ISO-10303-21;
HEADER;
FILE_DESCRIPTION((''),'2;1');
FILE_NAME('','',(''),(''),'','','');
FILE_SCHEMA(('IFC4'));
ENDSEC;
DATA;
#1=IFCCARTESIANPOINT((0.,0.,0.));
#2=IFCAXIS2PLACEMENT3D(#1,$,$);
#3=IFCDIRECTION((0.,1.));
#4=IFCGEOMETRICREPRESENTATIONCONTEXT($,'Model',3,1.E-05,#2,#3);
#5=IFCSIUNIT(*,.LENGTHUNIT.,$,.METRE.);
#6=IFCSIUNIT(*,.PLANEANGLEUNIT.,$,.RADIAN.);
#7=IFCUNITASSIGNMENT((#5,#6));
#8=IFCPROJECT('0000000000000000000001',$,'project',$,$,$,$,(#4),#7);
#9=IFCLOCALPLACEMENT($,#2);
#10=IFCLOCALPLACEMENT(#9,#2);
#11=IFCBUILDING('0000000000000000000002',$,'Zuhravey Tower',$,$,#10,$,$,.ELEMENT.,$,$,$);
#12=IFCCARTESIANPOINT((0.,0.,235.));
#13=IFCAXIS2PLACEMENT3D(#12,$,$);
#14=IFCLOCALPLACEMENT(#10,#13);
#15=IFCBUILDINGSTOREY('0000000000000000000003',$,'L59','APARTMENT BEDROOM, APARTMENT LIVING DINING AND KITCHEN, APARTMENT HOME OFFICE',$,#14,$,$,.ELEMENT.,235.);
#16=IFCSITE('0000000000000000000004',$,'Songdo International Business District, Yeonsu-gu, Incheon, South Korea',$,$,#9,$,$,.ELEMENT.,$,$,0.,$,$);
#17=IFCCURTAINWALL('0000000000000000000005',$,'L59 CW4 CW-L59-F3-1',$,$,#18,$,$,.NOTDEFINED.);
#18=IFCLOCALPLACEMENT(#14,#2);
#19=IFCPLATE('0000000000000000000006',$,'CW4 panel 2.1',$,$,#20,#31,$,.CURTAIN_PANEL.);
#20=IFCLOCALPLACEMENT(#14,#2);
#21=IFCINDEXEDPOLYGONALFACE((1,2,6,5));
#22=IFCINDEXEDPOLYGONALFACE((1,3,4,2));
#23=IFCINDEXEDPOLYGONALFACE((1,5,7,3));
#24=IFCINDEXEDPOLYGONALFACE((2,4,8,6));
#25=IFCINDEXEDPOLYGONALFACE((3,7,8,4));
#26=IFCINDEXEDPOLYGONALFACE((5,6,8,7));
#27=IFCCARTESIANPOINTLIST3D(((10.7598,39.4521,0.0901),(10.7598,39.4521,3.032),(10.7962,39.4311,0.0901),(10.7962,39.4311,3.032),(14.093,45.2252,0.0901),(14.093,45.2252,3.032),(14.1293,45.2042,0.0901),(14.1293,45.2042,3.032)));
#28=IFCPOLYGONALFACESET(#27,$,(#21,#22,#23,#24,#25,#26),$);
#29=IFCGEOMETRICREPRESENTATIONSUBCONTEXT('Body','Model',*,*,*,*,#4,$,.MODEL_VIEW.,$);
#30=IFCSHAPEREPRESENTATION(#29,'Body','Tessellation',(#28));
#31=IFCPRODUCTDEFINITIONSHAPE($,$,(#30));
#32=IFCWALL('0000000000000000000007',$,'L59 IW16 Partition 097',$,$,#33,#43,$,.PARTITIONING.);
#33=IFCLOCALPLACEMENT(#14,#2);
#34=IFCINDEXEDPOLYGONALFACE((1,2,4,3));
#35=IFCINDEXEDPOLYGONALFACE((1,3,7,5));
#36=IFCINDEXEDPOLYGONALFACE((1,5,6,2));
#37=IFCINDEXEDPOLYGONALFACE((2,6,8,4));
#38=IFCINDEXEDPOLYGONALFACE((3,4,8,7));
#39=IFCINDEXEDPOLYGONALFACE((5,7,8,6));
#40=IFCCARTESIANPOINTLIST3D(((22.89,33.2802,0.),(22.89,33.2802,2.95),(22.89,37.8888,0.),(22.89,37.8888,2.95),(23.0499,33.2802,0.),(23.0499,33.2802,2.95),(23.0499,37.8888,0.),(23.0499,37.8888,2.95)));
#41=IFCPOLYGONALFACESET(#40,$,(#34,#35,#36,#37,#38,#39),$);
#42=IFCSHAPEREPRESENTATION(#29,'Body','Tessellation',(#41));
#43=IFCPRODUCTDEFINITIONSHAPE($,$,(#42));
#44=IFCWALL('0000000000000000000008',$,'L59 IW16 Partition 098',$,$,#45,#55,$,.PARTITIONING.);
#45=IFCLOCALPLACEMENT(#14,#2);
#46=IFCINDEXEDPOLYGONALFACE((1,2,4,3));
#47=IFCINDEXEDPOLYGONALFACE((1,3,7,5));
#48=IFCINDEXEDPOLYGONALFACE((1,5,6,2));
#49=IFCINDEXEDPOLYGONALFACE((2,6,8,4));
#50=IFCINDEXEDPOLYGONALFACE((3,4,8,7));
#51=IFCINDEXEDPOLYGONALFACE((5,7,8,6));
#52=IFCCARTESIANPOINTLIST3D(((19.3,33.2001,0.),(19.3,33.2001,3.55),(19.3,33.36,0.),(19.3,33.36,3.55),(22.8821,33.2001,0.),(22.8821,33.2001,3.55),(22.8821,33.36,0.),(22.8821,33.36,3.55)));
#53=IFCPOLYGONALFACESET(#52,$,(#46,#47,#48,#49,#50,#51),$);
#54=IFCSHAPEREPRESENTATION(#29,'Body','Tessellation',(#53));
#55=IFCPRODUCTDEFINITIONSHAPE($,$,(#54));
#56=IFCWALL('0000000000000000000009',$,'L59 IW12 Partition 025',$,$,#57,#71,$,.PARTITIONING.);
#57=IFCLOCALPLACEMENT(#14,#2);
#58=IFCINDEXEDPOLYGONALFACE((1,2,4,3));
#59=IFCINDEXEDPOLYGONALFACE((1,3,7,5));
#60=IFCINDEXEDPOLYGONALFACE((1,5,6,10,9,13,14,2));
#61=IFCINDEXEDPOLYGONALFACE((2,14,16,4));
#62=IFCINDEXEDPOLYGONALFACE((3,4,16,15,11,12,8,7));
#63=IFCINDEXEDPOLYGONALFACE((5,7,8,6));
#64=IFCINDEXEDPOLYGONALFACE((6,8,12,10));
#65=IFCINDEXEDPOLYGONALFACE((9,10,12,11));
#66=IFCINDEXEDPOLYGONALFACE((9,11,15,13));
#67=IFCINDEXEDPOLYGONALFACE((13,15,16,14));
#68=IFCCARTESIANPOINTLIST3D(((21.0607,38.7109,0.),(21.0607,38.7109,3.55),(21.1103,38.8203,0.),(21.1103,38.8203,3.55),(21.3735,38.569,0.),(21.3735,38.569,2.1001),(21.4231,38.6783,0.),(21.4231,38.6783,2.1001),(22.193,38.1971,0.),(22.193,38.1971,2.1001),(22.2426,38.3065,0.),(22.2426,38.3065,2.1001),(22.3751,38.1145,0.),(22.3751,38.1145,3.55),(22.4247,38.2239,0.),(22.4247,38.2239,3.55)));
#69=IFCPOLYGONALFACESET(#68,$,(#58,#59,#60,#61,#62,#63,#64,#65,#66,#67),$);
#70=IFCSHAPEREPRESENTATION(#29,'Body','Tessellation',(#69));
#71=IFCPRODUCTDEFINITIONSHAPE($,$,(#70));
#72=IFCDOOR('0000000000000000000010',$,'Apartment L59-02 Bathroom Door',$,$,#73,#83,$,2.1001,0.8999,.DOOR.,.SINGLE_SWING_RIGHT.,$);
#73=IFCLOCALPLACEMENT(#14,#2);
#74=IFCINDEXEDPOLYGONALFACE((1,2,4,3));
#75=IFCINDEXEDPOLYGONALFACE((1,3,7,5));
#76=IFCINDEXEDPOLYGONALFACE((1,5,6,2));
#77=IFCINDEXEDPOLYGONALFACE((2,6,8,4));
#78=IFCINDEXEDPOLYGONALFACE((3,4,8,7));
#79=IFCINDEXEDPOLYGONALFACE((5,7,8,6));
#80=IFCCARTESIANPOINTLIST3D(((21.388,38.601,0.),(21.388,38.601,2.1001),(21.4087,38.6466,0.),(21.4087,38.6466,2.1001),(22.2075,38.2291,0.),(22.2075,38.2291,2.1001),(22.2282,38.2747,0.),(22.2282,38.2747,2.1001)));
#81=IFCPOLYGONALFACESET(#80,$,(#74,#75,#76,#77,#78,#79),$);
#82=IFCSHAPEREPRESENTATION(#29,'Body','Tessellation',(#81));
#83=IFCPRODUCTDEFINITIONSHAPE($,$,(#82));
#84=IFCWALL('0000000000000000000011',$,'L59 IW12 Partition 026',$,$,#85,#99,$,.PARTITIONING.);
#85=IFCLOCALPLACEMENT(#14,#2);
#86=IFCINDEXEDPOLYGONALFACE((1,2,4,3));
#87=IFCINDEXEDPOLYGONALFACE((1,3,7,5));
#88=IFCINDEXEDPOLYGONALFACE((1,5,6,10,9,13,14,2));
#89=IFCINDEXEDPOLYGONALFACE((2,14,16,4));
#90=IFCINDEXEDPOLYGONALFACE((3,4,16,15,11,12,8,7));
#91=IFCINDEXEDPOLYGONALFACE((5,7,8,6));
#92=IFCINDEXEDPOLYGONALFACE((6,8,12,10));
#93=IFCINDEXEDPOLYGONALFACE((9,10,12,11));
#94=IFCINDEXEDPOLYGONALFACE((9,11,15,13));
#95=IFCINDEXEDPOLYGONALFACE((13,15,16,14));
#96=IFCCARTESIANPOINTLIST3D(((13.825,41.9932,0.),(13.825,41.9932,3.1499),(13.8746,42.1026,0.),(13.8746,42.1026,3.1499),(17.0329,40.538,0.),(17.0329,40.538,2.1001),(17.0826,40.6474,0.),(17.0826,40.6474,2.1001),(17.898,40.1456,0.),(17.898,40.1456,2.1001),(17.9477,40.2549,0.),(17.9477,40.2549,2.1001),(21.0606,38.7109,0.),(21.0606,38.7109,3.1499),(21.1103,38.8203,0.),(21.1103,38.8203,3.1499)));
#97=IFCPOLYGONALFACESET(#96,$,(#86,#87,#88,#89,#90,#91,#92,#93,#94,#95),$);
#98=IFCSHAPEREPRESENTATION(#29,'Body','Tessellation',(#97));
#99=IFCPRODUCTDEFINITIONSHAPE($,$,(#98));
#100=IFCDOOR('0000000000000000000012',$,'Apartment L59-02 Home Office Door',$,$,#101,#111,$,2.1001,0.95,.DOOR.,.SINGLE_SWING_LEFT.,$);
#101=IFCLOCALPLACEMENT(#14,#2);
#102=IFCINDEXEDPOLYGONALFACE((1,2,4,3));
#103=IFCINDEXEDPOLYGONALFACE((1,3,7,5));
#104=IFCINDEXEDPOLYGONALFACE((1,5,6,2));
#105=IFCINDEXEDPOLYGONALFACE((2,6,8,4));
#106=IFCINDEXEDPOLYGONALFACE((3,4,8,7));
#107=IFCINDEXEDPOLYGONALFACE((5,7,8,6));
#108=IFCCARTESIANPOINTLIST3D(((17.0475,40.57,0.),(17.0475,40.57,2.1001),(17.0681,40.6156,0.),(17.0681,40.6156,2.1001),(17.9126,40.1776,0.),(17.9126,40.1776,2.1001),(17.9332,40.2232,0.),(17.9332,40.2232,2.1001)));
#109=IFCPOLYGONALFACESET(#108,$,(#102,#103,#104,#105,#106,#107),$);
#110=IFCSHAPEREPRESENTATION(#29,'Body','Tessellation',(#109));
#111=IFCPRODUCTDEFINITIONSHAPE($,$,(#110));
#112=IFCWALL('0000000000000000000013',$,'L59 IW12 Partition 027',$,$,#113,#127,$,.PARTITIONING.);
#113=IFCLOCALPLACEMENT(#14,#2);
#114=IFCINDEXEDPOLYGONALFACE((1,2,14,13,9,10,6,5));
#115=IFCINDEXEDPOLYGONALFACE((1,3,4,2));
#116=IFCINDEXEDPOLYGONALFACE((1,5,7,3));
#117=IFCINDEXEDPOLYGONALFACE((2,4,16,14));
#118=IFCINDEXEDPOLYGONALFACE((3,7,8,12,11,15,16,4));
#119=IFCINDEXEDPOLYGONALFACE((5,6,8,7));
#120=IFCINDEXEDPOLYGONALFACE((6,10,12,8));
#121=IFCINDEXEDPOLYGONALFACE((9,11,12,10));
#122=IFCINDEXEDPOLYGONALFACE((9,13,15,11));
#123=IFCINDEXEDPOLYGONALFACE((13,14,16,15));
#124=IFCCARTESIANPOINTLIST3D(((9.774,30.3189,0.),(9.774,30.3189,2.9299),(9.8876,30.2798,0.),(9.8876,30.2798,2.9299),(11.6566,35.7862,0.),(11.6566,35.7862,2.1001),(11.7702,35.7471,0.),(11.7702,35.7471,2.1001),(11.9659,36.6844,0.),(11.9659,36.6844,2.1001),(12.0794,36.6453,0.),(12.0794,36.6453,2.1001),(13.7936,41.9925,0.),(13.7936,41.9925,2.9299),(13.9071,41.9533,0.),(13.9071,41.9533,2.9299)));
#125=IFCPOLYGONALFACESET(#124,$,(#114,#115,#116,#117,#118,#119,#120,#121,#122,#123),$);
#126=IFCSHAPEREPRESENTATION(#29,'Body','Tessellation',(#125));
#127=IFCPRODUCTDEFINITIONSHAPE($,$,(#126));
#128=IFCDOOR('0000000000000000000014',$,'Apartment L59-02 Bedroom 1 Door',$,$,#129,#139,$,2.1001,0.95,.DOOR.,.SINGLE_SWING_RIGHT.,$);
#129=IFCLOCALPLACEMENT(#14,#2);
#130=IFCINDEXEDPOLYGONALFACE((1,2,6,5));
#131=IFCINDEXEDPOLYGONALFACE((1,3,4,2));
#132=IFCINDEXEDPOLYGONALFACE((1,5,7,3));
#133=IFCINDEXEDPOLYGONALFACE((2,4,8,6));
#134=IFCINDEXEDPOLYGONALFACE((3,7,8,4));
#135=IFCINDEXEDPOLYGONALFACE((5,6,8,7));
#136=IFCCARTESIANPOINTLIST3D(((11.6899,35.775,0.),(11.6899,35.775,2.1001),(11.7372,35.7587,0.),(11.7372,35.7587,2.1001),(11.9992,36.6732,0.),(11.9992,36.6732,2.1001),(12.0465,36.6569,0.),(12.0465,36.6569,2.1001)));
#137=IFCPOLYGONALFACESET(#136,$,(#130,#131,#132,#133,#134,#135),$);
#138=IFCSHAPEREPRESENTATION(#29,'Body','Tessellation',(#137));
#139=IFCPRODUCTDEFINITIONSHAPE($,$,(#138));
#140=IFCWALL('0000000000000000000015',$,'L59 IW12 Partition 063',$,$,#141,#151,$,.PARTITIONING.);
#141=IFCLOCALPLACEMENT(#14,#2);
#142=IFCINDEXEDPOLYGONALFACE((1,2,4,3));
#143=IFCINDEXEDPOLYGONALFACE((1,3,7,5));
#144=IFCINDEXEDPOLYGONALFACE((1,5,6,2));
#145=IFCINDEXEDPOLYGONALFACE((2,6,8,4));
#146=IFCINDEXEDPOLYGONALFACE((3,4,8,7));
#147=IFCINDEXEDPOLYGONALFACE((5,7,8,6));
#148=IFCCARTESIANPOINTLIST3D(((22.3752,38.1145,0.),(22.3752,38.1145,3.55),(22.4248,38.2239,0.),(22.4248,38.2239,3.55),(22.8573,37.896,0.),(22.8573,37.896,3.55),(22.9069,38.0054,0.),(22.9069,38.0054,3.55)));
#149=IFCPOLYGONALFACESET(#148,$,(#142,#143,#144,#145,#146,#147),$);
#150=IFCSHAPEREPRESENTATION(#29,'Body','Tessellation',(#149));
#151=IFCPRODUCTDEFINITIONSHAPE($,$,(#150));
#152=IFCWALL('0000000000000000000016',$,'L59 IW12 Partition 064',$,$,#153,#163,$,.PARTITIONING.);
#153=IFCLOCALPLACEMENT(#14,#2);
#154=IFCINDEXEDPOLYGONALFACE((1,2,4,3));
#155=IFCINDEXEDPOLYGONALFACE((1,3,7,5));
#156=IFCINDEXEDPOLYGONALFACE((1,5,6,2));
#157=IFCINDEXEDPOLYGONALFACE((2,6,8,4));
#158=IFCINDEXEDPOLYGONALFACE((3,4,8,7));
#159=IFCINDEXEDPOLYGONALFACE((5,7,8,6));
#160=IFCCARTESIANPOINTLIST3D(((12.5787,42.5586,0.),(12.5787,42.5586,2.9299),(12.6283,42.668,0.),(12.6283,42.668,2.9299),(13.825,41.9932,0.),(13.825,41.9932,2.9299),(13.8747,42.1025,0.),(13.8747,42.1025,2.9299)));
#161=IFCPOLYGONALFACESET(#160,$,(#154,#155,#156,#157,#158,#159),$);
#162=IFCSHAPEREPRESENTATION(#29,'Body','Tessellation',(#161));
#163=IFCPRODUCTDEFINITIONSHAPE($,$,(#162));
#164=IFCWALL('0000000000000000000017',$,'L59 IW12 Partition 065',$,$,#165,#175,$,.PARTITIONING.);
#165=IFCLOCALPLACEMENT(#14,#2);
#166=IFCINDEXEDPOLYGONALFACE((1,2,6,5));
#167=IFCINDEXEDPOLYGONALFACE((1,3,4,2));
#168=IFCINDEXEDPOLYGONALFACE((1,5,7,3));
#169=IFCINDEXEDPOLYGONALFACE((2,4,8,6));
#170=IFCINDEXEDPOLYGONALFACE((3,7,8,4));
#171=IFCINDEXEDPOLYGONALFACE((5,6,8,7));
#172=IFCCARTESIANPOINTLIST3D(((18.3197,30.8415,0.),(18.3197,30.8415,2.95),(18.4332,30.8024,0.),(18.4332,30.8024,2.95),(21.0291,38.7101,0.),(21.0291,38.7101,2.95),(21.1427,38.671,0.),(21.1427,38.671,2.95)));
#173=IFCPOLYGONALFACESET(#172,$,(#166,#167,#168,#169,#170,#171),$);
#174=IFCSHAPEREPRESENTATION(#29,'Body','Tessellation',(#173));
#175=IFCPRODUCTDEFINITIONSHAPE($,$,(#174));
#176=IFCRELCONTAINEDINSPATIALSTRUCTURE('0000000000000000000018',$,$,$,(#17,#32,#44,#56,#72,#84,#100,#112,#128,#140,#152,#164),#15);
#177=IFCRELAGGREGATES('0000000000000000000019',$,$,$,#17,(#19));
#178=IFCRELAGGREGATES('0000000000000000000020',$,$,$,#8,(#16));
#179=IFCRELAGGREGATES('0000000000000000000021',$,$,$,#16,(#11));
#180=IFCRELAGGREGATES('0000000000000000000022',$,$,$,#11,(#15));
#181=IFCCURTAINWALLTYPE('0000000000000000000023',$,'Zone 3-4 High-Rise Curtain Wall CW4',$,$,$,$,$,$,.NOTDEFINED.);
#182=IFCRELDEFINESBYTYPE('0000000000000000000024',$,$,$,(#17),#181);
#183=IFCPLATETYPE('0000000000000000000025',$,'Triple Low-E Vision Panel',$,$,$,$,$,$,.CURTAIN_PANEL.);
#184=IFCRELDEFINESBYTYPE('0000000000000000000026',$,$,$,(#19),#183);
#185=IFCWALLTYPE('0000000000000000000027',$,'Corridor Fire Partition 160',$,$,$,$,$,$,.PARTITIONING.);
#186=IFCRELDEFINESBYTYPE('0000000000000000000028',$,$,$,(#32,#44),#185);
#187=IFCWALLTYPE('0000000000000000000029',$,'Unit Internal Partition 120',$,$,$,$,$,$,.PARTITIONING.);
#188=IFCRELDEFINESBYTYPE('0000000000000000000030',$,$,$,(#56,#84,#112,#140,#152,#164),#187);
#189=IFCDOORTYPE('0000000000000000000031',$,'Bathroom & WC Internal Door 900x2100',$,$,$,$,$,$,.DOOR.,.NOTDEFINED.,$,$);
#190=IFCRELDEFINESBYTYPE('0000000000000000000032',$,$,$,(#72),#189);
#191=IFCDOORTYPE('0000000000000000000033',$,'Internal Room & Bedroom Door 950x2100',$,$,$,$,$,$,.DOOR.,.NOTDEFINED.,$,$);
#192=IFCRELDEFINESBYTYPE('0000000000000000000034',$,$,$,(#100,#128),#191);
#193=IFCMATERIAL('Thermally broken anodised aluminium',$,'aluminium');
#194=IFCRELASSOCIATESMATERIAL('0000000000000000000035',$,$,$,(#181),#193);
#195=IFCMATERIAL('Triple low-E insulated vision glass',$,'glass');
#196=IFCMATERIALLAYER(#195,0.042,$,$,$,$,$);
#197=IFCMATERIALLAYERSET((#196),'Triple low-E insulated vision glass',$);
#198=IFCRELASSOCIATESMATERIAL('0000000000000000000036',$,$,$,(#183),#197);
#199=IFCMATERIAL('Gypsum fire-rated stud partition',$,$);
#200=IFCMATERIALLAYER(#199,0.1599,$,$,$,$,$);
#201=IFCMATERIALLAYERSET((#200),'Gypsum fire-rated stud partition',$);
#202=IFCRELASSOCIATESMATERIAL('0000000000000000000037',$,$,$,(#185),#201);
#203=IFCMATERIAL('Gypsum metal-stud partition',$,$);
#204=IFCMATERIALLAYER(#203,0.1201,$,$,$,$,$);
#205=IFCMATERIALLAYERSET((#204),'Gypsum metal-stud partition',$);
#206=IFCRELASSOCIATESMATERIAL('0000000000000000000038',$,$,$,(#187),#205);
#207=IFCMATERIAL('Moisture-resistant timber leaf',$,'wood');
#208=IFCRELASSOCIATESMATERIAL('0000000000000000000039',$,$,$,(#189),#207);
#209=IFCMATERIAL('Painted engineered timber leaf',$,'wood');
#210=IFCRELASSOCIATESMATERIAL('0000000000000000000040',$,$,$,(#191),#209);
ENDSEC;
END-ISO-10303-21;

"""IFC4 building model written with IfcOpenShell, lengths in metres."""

from ifc_helpers import new_model, si_unit, direction, frame, frame_2d, origin, origin_2d, place, context, subcontext, project, spatial, rectangle, extrude, material, layer, layer_set, type_object, element, fill, aggregate, save


model = new_model("IFC4")

# Units and contexts
model_context = context("Model", 3, precision=1e-05, world=origin(), true_north=direction((0.0, 1.0)))
body_context = subcontext(model_context, "Body", "Model", "MODEL_VIEW")
ifc_project = project(units=[si_unit("LENGTHUNIT", "METRE"), si_unit("PLANEANGLEUNIT", "RADIAN")], contexts=[model_context])

# Site, building, storey
site_placement = place(None, origin())
site = spatial("IfcSite", under=ifc_project, at=site_placement, Name="Songdo International Business District, Yeonsu-gu, Incheon, South Korea", CompositionType="ELEMENT", RefElevation=0.0)
building_placement = place(site_placement, origin())
building = spatial("IfcBuilding", under=site, at=building_placement, Name="Zuhravey Tower", CompositionType="ELEMENT")
storey_placement = place(building_placement, frame((0.0, 0.0, 235.0)))
storey = spatial("IfcBuildingStorey", under=building, at=storey_placement, Name="L59", Description="APARTMENT BEDROOM, APARTMENT LIVING DINING AND KITCHEN, APARTMENT HOME OFFICE", CompositionType="ELEMENT", Elevation=235.0)

# Curtain wall
ifc_material_1 = material(Name="Thermally broken anodised aluminium", Category="aluminium")
curtain_wall_type = type_object("IfcCurtainWallType", Name="Zone 3-4 High-Rise Curtain Wall CW4", PredefinedType="NOTDEFINED", material=ifc_material_1)
curtain_wall_placement = place(storey_placement, origin())
curtain_wall = element("IfcCurtainWall", 1, at=curtain_wall_placement, inside=storey, type_object=curtain_wall_type, Name="L59 CW4 CW-L59-F3-1", PredefinedType="NOTDEFINED")

# Plate
ifc_material_2 = material(Name="Triple low-E insulated vision glass", Category="glass")
ifc_layer_1 = layer(ifc_material_2, 0.042)
ifc_layer_set_1 = layer_set([ifc_layer_1], Name="Triple low-E insulated vision glass")
plate_type = type_object("IfcPlateType", Name="Triple Low-E Vision Panel", PredefinedType="CURTAIN_PANEL", material=ifc_layer_set_1)
plate_1_placement = place(storey_placement, frame((12.4446, 42.3281, 0.0901), z_axis=(0.0, 0.0, 1.0), x_axis=(0.500002, 0.866024, 0.0)))
plate_1 = element("IfcPlate", 2, at=plate_1_placement, type_object=plate_type, Name="CW4 panel 2.1", PredefinedType="CURTAIN_PANEL", context=body_context, shape_type="SweptSolid", body=[
    extrude(rectangle(XDim=6.6663, YDim=0.042, at=origin_2d()), origin(), (0.0, 0.0, 1.0), 2.9419),
])
aggregate(curtain_wall, [plate_1])

# Walls
ifc_material_3 = material(Name="Gypsum fire-rated stud partition")
ifc_layer_2 = layer(ifc_material_3, 0.1599)
ifc_layer_set_2 = layer_set([ifc_layer_2], Name="Gypsum fire-rated stud partition")
wall_type_1 = type_object("IfcWallType", Name="Corridor Fire Partition 160", PredefinedType="PARTITIONING", material=ifc_layer_set_2)
wall_1_placement = place(storey_placement, frame((22.97, 37.8887, 0.0), z_axis=(0.0, 0.0, 1.0), x_axis=(0.0, -1.0, 0.0)))
element("IfcWall", 3, at=wall_1_placement, inside=storey, type_object=wall_type_1, Name="L59 IW16 Partition 097", PredefinedType="PARTITIONING", context=body_context, shape_type="SweptSolid", body=[
    extrude(rectangle(XDim=4.6086, YDim=0.1599, at=frame_2d((2.3042, 0.0))), origin(), (0.0, 0.0, 1.0), 2.95),
])
wall_2_placement = place(storey_placement, frame((22.8821, 33.28, 0.0), z_axis=(0.0, 0.0, 1.0), x_axis=(-1.0, 0.0, 0.0)))
element("IfcWall", 4, at=wall_2_placement, inside=storey, type_object=wall_type_1, Name="L59 IW16 Partition 098", PredefinedType="PARTITIONING", context=body_context, shape_type="SweptSolid", body=[
    extrude(rectangle(XDim=3.582, YDim=0.1599, at=frame_2d((1.791, 0.0))), origin(), (0.0, 0.0, 1.0), 3.55),
])

# Walls, openings, doors
ifc_material_4 = material(Name="Gypsum metal-stud partition")
ifc_layer_3 = layer(ifc_material_4, 0.1201)
ifc_layer_set_3 = layer_set([ifc_layer_3], Name="Gypsum metal-stud partition")
wall_type_2 = type_object("IfcWallType", Name="Unit Internal Partition 120", PredefinedType="PARTITIONING", material=ifc_layer_set_3)
wall_3_placement = place(storey_placement, frame((22.3999, 38.1692, 0.0), z_axis=(0.0, 0.0, 1.0), x_axis=(-0.910639, 0.413204, 0.0)))
wall_3 = element("IfcWall", 5, at=wall_3_placement, inside=storey, type_object=wall_type_2, Name="L59 IW12 Partition 025", PredefinedType="PARTITIONING", context=body_context, shape_type="SweptSolid", body=[
    extrude(rectangle(XDim=1.4434, YDim=0.1201, at=frame_2d((0.7217, 0.0))), origin(), (0.0, 0.0, 1.0), 3.55),
])
opening_1_placement = place(wall_3_placement, frame((0.2, 0.0, 0.0)))
opening_1 = element("IfcOpeningElement", 6, at=opening_1_placement, cuts=wall_3, PredefinedType="OPENING", context=body_context, shape_type="SweptSolid", body=[
    extrude(rectangle(XDim=0.8999, YDim=2.1001, at=frame_2d((0.45, 1.05))), frame((0.0, 0.072, 0.0), z_axis=(0.0, -1.0, 0.0), x_axis=(1.0, 0.0, 0.0)), (0.0, 0.0, 1.0), 0.144),
])
ifc_material_5 = material(Name="Moisture-resistant timber leaf", Category="wood")
door_type_1 = type_object("IfcDoorType", Name="Bathroom & WC Internal Door 900x2100", OperationType="NOTDEFINED", PredefinedType="DOOR", material=ifc_material_5)
door_1_placement = place(opening_1_placement, origin())
door_1 = element("IfcDoor", 7, at=door_1_placement, inside=storey, type_object=door_type_1, Name="Apartment L59-02 Bathroom Door", OperationType="SINGLE_SWING_RIGHT", OverallHeight=2.1001, OverallWidth=0.8999, PredefinedType="DOOR", context=body_context, shape_type="SweptSolid", body=[
    extrude(rectangle(XDim=0.8999, YDim=2.1001, at=frame_2d((0.45, 1.05))), frame((0.0, 0.0249, 0.0), z_axis=(0.0, -1.0, 0.0), x_axis=(1.0, 0.0, 0.0)), (0.0, 0.0, 1.0), 0.05),
])
fill(opening_1, door_1)
wall_4_placement = place(storey_placement, frame((21.0854, 38.7656, 0.0), z_axis=(0.0, 0.0, 1.0), x_axis=(-0.910683, 0.413106, 0.0)))
wall_4 = element("IfcWall", 8, at=wall_4_placement, inside=storey, type_object=wall_type_2, Name="L59 IW12 Partition 026", PredefinedType="PARTITIONING", context=body_context, shape_type="SweptSolid", body=[
    extrude(rectangle(XDim=7.9453, YDim=0.1201, at=frame_2d((3.9727, 0.0))), origin(), (0.0, 0.0, 1.0), 3.1499),
])
opening_2_placement = place(wall_4_placement, frame((3.4727, 0.0, 0.0)))
opening_2 = element("IfcOpeningElement", 9, at=opening_2_placement, cuts=wall_4, PredefinedType="OPENING", context=body_context, shape_type="SweptSolid", body=[
    extrude(rectangle(XDim=0.95, YDim=2.1001, at=frame_2d((0.4751, 1.05))), frame((0.0, 0.072, 0.0), z_axis=(0.0, -1.0, 0.0), x_axis=(1.0, 0.0, 0.0)), (0.0, 0.0, 1.0), 0.144),
])
ifc_material_6 = material(Name="Painted engineered timber leaf", Category="wood")
door_type_2 = type_object("IfcDoorType", Name="Internal Room & Bedroom Door 950x2100", OperationType="NOTDEFINED", PredefinedType="DOOR", material=ifc_material_6)
door_2_placement = place(opening_2_placement, origin())
door_2 = element("IfcDoor", 10, at=door_2_placement, inside=storey, type_object=door_type_2, Name="Apartment L59-02 Home Office Door", OperationType="SINGLE_SWING_LEFT", OverallHeight=2.1001, OverallWidth=0.95, PredefinedType="DOOR", context=body_context, shape_type="SweptSolid", body=[
    extrude(rectangle(XDim=0.95, YDim=2.1001, at=frame_2d((0.4751, 1.05))), frame((0.0, 0.0249, 0.0), z_axis=(0.0, -1.0, 0.0), x_axis=(1.0, 0.0, 0.0)), (0.0, 0.0, 1.0), 0.05),
])
fill(opening_2, door_2)
wall_5_placement = place(storey_placement, frame((13.8503, 41.9729, 0.0), z_axis=(0.0, 0.0, 1.0), x_axis=(-0.325568, -0.945519, 0.0)))
wall_5 = element("IfcWall", 11, at=wall_5_placement, inside=storey, type_object=wall_type_2, Name="L59 IW12 Partition 027", PredefinedType="PARTITIONING", context=body_context, shape_type="SweptSolid", body=[
    extrude(rectangle(XDim=12.3462, YDim=0.1201, at=frame_2d((6.1731, 0.0))), origin(), (0.0, 0.0, 1.0), 2.9299),
])
opening_3_placement = place(wall_5_placement, frame((5.6138, 0.0, 0.0)))
opening_3 = element("IfcOpeningElement", 12, at=opening_3_placement, cuts=wall_5, PredefinedType="OPENING", context=body_context, shape_type="SweptSolid", body=[
    extrude(rectangle(XDim=0.95, YDim=2.1001, at=frame_2d((0.4751, 1.05))), frame((0.0, 0.072, 0.0), z_axis=(0.0, -1.0, 0.0), x_axis=(1.0, 0.0, 0.0)), (0.0, 0.0, 1.0), 0.144),
])
door_3_placement = place(opening_3_placement, frame((0.95, 0.0, 0.0), z_axis=(0.0, 0.0, 1.0), x_axis=(-1.0, 0.0, 0.0)))
door_3 = element("IfcDoor", 13, at=door_3_placement, inside=storey, type_object=door_type_2, Name="Apartment L59-02 Bedroom 1 Door", OperationType="SINGLE_SWING_RIGHT", OverallHeight=2.1001, OverallWidth=0.95, PredefinedType="DOOR", context=body_context, shape_type="SweptSolid", body=[
    extrude(rectangle(XDim=0.95, YDim=2.1001, at=frame_2d((0.4751, 1.05))), frame((0.0, 0.0249, 0.0), z_axis=(0.0, -1.0, 0.0), x_axis=(1.0, 0.0, 0.0)), (0.0, 0.0, 1.0), 0.05),
])
fill(opening_3, door_3)

# Walls
wall_6_placement = place(storey_placement, frame((22.8821, 37.9507, 0.0), z_axis=(0.0, 0.0, 1.0), x_axis=(-0.91084, 0.41276, 0.0)))
element("IfcWall", 14, at=wall_6_placement, inside=storey, type_object=wall_type_2, Name="L59 IW12 Partition 063", PredefinedType="PARTITIONING", context=body_context, shape_type="SweptSolid", body=[
    extrude(rectangle(XDim=0.5293, YDim=0.1201, at=frame_2d((0.2646, 0.0))), origin(), (0.0, 0.0, 1.0), 3.55),
])
wall_7_placement = place(storey_placement, frame((13.8499, 42.0479, 0.0), z_axis=(0.0, 0.0, 1.0), x_axis=(-0.910666, 0.413144, 0.0)))
element("IfcWall", 15, at=wall_7_placement, inside=storey, type_object=wall_type_2, Name="L59 IW12 Partition 064", PredefinedType="PARTITIONING", context=body_context, shape_type="SweptSolid", body=[
    extrude(rectangle(XDim=1.3687, YDim=0.1201, at=frame_2d((0.6843, 0.0))), origin(), (0.0, 0.0, 1.0), 2.9299),
])
wall_8_placement = place(storey_placement, frame((21.0859, 38.6907, 0.0), z_axis=(0.0, 0.0, 1.0), x_axis=(-0.325577, -0.945516, 0.0)))
element("IfcWall", 16, at=wall_8_placement, inside=storey, type_object=wall_type_2, Name="L59 IW12 Partition 065", PredefinedType="PARTITIONING", context=body_context, shape_type="SweptSolid", body=[
    extrude(rectangle(XDim=8.322, YDim=0.1201, at=frame_2d((4.1611, 0.0))), origin(), (0.0, 0.0, 1.0), 2.95),
])

save(model, "model.ifc")
